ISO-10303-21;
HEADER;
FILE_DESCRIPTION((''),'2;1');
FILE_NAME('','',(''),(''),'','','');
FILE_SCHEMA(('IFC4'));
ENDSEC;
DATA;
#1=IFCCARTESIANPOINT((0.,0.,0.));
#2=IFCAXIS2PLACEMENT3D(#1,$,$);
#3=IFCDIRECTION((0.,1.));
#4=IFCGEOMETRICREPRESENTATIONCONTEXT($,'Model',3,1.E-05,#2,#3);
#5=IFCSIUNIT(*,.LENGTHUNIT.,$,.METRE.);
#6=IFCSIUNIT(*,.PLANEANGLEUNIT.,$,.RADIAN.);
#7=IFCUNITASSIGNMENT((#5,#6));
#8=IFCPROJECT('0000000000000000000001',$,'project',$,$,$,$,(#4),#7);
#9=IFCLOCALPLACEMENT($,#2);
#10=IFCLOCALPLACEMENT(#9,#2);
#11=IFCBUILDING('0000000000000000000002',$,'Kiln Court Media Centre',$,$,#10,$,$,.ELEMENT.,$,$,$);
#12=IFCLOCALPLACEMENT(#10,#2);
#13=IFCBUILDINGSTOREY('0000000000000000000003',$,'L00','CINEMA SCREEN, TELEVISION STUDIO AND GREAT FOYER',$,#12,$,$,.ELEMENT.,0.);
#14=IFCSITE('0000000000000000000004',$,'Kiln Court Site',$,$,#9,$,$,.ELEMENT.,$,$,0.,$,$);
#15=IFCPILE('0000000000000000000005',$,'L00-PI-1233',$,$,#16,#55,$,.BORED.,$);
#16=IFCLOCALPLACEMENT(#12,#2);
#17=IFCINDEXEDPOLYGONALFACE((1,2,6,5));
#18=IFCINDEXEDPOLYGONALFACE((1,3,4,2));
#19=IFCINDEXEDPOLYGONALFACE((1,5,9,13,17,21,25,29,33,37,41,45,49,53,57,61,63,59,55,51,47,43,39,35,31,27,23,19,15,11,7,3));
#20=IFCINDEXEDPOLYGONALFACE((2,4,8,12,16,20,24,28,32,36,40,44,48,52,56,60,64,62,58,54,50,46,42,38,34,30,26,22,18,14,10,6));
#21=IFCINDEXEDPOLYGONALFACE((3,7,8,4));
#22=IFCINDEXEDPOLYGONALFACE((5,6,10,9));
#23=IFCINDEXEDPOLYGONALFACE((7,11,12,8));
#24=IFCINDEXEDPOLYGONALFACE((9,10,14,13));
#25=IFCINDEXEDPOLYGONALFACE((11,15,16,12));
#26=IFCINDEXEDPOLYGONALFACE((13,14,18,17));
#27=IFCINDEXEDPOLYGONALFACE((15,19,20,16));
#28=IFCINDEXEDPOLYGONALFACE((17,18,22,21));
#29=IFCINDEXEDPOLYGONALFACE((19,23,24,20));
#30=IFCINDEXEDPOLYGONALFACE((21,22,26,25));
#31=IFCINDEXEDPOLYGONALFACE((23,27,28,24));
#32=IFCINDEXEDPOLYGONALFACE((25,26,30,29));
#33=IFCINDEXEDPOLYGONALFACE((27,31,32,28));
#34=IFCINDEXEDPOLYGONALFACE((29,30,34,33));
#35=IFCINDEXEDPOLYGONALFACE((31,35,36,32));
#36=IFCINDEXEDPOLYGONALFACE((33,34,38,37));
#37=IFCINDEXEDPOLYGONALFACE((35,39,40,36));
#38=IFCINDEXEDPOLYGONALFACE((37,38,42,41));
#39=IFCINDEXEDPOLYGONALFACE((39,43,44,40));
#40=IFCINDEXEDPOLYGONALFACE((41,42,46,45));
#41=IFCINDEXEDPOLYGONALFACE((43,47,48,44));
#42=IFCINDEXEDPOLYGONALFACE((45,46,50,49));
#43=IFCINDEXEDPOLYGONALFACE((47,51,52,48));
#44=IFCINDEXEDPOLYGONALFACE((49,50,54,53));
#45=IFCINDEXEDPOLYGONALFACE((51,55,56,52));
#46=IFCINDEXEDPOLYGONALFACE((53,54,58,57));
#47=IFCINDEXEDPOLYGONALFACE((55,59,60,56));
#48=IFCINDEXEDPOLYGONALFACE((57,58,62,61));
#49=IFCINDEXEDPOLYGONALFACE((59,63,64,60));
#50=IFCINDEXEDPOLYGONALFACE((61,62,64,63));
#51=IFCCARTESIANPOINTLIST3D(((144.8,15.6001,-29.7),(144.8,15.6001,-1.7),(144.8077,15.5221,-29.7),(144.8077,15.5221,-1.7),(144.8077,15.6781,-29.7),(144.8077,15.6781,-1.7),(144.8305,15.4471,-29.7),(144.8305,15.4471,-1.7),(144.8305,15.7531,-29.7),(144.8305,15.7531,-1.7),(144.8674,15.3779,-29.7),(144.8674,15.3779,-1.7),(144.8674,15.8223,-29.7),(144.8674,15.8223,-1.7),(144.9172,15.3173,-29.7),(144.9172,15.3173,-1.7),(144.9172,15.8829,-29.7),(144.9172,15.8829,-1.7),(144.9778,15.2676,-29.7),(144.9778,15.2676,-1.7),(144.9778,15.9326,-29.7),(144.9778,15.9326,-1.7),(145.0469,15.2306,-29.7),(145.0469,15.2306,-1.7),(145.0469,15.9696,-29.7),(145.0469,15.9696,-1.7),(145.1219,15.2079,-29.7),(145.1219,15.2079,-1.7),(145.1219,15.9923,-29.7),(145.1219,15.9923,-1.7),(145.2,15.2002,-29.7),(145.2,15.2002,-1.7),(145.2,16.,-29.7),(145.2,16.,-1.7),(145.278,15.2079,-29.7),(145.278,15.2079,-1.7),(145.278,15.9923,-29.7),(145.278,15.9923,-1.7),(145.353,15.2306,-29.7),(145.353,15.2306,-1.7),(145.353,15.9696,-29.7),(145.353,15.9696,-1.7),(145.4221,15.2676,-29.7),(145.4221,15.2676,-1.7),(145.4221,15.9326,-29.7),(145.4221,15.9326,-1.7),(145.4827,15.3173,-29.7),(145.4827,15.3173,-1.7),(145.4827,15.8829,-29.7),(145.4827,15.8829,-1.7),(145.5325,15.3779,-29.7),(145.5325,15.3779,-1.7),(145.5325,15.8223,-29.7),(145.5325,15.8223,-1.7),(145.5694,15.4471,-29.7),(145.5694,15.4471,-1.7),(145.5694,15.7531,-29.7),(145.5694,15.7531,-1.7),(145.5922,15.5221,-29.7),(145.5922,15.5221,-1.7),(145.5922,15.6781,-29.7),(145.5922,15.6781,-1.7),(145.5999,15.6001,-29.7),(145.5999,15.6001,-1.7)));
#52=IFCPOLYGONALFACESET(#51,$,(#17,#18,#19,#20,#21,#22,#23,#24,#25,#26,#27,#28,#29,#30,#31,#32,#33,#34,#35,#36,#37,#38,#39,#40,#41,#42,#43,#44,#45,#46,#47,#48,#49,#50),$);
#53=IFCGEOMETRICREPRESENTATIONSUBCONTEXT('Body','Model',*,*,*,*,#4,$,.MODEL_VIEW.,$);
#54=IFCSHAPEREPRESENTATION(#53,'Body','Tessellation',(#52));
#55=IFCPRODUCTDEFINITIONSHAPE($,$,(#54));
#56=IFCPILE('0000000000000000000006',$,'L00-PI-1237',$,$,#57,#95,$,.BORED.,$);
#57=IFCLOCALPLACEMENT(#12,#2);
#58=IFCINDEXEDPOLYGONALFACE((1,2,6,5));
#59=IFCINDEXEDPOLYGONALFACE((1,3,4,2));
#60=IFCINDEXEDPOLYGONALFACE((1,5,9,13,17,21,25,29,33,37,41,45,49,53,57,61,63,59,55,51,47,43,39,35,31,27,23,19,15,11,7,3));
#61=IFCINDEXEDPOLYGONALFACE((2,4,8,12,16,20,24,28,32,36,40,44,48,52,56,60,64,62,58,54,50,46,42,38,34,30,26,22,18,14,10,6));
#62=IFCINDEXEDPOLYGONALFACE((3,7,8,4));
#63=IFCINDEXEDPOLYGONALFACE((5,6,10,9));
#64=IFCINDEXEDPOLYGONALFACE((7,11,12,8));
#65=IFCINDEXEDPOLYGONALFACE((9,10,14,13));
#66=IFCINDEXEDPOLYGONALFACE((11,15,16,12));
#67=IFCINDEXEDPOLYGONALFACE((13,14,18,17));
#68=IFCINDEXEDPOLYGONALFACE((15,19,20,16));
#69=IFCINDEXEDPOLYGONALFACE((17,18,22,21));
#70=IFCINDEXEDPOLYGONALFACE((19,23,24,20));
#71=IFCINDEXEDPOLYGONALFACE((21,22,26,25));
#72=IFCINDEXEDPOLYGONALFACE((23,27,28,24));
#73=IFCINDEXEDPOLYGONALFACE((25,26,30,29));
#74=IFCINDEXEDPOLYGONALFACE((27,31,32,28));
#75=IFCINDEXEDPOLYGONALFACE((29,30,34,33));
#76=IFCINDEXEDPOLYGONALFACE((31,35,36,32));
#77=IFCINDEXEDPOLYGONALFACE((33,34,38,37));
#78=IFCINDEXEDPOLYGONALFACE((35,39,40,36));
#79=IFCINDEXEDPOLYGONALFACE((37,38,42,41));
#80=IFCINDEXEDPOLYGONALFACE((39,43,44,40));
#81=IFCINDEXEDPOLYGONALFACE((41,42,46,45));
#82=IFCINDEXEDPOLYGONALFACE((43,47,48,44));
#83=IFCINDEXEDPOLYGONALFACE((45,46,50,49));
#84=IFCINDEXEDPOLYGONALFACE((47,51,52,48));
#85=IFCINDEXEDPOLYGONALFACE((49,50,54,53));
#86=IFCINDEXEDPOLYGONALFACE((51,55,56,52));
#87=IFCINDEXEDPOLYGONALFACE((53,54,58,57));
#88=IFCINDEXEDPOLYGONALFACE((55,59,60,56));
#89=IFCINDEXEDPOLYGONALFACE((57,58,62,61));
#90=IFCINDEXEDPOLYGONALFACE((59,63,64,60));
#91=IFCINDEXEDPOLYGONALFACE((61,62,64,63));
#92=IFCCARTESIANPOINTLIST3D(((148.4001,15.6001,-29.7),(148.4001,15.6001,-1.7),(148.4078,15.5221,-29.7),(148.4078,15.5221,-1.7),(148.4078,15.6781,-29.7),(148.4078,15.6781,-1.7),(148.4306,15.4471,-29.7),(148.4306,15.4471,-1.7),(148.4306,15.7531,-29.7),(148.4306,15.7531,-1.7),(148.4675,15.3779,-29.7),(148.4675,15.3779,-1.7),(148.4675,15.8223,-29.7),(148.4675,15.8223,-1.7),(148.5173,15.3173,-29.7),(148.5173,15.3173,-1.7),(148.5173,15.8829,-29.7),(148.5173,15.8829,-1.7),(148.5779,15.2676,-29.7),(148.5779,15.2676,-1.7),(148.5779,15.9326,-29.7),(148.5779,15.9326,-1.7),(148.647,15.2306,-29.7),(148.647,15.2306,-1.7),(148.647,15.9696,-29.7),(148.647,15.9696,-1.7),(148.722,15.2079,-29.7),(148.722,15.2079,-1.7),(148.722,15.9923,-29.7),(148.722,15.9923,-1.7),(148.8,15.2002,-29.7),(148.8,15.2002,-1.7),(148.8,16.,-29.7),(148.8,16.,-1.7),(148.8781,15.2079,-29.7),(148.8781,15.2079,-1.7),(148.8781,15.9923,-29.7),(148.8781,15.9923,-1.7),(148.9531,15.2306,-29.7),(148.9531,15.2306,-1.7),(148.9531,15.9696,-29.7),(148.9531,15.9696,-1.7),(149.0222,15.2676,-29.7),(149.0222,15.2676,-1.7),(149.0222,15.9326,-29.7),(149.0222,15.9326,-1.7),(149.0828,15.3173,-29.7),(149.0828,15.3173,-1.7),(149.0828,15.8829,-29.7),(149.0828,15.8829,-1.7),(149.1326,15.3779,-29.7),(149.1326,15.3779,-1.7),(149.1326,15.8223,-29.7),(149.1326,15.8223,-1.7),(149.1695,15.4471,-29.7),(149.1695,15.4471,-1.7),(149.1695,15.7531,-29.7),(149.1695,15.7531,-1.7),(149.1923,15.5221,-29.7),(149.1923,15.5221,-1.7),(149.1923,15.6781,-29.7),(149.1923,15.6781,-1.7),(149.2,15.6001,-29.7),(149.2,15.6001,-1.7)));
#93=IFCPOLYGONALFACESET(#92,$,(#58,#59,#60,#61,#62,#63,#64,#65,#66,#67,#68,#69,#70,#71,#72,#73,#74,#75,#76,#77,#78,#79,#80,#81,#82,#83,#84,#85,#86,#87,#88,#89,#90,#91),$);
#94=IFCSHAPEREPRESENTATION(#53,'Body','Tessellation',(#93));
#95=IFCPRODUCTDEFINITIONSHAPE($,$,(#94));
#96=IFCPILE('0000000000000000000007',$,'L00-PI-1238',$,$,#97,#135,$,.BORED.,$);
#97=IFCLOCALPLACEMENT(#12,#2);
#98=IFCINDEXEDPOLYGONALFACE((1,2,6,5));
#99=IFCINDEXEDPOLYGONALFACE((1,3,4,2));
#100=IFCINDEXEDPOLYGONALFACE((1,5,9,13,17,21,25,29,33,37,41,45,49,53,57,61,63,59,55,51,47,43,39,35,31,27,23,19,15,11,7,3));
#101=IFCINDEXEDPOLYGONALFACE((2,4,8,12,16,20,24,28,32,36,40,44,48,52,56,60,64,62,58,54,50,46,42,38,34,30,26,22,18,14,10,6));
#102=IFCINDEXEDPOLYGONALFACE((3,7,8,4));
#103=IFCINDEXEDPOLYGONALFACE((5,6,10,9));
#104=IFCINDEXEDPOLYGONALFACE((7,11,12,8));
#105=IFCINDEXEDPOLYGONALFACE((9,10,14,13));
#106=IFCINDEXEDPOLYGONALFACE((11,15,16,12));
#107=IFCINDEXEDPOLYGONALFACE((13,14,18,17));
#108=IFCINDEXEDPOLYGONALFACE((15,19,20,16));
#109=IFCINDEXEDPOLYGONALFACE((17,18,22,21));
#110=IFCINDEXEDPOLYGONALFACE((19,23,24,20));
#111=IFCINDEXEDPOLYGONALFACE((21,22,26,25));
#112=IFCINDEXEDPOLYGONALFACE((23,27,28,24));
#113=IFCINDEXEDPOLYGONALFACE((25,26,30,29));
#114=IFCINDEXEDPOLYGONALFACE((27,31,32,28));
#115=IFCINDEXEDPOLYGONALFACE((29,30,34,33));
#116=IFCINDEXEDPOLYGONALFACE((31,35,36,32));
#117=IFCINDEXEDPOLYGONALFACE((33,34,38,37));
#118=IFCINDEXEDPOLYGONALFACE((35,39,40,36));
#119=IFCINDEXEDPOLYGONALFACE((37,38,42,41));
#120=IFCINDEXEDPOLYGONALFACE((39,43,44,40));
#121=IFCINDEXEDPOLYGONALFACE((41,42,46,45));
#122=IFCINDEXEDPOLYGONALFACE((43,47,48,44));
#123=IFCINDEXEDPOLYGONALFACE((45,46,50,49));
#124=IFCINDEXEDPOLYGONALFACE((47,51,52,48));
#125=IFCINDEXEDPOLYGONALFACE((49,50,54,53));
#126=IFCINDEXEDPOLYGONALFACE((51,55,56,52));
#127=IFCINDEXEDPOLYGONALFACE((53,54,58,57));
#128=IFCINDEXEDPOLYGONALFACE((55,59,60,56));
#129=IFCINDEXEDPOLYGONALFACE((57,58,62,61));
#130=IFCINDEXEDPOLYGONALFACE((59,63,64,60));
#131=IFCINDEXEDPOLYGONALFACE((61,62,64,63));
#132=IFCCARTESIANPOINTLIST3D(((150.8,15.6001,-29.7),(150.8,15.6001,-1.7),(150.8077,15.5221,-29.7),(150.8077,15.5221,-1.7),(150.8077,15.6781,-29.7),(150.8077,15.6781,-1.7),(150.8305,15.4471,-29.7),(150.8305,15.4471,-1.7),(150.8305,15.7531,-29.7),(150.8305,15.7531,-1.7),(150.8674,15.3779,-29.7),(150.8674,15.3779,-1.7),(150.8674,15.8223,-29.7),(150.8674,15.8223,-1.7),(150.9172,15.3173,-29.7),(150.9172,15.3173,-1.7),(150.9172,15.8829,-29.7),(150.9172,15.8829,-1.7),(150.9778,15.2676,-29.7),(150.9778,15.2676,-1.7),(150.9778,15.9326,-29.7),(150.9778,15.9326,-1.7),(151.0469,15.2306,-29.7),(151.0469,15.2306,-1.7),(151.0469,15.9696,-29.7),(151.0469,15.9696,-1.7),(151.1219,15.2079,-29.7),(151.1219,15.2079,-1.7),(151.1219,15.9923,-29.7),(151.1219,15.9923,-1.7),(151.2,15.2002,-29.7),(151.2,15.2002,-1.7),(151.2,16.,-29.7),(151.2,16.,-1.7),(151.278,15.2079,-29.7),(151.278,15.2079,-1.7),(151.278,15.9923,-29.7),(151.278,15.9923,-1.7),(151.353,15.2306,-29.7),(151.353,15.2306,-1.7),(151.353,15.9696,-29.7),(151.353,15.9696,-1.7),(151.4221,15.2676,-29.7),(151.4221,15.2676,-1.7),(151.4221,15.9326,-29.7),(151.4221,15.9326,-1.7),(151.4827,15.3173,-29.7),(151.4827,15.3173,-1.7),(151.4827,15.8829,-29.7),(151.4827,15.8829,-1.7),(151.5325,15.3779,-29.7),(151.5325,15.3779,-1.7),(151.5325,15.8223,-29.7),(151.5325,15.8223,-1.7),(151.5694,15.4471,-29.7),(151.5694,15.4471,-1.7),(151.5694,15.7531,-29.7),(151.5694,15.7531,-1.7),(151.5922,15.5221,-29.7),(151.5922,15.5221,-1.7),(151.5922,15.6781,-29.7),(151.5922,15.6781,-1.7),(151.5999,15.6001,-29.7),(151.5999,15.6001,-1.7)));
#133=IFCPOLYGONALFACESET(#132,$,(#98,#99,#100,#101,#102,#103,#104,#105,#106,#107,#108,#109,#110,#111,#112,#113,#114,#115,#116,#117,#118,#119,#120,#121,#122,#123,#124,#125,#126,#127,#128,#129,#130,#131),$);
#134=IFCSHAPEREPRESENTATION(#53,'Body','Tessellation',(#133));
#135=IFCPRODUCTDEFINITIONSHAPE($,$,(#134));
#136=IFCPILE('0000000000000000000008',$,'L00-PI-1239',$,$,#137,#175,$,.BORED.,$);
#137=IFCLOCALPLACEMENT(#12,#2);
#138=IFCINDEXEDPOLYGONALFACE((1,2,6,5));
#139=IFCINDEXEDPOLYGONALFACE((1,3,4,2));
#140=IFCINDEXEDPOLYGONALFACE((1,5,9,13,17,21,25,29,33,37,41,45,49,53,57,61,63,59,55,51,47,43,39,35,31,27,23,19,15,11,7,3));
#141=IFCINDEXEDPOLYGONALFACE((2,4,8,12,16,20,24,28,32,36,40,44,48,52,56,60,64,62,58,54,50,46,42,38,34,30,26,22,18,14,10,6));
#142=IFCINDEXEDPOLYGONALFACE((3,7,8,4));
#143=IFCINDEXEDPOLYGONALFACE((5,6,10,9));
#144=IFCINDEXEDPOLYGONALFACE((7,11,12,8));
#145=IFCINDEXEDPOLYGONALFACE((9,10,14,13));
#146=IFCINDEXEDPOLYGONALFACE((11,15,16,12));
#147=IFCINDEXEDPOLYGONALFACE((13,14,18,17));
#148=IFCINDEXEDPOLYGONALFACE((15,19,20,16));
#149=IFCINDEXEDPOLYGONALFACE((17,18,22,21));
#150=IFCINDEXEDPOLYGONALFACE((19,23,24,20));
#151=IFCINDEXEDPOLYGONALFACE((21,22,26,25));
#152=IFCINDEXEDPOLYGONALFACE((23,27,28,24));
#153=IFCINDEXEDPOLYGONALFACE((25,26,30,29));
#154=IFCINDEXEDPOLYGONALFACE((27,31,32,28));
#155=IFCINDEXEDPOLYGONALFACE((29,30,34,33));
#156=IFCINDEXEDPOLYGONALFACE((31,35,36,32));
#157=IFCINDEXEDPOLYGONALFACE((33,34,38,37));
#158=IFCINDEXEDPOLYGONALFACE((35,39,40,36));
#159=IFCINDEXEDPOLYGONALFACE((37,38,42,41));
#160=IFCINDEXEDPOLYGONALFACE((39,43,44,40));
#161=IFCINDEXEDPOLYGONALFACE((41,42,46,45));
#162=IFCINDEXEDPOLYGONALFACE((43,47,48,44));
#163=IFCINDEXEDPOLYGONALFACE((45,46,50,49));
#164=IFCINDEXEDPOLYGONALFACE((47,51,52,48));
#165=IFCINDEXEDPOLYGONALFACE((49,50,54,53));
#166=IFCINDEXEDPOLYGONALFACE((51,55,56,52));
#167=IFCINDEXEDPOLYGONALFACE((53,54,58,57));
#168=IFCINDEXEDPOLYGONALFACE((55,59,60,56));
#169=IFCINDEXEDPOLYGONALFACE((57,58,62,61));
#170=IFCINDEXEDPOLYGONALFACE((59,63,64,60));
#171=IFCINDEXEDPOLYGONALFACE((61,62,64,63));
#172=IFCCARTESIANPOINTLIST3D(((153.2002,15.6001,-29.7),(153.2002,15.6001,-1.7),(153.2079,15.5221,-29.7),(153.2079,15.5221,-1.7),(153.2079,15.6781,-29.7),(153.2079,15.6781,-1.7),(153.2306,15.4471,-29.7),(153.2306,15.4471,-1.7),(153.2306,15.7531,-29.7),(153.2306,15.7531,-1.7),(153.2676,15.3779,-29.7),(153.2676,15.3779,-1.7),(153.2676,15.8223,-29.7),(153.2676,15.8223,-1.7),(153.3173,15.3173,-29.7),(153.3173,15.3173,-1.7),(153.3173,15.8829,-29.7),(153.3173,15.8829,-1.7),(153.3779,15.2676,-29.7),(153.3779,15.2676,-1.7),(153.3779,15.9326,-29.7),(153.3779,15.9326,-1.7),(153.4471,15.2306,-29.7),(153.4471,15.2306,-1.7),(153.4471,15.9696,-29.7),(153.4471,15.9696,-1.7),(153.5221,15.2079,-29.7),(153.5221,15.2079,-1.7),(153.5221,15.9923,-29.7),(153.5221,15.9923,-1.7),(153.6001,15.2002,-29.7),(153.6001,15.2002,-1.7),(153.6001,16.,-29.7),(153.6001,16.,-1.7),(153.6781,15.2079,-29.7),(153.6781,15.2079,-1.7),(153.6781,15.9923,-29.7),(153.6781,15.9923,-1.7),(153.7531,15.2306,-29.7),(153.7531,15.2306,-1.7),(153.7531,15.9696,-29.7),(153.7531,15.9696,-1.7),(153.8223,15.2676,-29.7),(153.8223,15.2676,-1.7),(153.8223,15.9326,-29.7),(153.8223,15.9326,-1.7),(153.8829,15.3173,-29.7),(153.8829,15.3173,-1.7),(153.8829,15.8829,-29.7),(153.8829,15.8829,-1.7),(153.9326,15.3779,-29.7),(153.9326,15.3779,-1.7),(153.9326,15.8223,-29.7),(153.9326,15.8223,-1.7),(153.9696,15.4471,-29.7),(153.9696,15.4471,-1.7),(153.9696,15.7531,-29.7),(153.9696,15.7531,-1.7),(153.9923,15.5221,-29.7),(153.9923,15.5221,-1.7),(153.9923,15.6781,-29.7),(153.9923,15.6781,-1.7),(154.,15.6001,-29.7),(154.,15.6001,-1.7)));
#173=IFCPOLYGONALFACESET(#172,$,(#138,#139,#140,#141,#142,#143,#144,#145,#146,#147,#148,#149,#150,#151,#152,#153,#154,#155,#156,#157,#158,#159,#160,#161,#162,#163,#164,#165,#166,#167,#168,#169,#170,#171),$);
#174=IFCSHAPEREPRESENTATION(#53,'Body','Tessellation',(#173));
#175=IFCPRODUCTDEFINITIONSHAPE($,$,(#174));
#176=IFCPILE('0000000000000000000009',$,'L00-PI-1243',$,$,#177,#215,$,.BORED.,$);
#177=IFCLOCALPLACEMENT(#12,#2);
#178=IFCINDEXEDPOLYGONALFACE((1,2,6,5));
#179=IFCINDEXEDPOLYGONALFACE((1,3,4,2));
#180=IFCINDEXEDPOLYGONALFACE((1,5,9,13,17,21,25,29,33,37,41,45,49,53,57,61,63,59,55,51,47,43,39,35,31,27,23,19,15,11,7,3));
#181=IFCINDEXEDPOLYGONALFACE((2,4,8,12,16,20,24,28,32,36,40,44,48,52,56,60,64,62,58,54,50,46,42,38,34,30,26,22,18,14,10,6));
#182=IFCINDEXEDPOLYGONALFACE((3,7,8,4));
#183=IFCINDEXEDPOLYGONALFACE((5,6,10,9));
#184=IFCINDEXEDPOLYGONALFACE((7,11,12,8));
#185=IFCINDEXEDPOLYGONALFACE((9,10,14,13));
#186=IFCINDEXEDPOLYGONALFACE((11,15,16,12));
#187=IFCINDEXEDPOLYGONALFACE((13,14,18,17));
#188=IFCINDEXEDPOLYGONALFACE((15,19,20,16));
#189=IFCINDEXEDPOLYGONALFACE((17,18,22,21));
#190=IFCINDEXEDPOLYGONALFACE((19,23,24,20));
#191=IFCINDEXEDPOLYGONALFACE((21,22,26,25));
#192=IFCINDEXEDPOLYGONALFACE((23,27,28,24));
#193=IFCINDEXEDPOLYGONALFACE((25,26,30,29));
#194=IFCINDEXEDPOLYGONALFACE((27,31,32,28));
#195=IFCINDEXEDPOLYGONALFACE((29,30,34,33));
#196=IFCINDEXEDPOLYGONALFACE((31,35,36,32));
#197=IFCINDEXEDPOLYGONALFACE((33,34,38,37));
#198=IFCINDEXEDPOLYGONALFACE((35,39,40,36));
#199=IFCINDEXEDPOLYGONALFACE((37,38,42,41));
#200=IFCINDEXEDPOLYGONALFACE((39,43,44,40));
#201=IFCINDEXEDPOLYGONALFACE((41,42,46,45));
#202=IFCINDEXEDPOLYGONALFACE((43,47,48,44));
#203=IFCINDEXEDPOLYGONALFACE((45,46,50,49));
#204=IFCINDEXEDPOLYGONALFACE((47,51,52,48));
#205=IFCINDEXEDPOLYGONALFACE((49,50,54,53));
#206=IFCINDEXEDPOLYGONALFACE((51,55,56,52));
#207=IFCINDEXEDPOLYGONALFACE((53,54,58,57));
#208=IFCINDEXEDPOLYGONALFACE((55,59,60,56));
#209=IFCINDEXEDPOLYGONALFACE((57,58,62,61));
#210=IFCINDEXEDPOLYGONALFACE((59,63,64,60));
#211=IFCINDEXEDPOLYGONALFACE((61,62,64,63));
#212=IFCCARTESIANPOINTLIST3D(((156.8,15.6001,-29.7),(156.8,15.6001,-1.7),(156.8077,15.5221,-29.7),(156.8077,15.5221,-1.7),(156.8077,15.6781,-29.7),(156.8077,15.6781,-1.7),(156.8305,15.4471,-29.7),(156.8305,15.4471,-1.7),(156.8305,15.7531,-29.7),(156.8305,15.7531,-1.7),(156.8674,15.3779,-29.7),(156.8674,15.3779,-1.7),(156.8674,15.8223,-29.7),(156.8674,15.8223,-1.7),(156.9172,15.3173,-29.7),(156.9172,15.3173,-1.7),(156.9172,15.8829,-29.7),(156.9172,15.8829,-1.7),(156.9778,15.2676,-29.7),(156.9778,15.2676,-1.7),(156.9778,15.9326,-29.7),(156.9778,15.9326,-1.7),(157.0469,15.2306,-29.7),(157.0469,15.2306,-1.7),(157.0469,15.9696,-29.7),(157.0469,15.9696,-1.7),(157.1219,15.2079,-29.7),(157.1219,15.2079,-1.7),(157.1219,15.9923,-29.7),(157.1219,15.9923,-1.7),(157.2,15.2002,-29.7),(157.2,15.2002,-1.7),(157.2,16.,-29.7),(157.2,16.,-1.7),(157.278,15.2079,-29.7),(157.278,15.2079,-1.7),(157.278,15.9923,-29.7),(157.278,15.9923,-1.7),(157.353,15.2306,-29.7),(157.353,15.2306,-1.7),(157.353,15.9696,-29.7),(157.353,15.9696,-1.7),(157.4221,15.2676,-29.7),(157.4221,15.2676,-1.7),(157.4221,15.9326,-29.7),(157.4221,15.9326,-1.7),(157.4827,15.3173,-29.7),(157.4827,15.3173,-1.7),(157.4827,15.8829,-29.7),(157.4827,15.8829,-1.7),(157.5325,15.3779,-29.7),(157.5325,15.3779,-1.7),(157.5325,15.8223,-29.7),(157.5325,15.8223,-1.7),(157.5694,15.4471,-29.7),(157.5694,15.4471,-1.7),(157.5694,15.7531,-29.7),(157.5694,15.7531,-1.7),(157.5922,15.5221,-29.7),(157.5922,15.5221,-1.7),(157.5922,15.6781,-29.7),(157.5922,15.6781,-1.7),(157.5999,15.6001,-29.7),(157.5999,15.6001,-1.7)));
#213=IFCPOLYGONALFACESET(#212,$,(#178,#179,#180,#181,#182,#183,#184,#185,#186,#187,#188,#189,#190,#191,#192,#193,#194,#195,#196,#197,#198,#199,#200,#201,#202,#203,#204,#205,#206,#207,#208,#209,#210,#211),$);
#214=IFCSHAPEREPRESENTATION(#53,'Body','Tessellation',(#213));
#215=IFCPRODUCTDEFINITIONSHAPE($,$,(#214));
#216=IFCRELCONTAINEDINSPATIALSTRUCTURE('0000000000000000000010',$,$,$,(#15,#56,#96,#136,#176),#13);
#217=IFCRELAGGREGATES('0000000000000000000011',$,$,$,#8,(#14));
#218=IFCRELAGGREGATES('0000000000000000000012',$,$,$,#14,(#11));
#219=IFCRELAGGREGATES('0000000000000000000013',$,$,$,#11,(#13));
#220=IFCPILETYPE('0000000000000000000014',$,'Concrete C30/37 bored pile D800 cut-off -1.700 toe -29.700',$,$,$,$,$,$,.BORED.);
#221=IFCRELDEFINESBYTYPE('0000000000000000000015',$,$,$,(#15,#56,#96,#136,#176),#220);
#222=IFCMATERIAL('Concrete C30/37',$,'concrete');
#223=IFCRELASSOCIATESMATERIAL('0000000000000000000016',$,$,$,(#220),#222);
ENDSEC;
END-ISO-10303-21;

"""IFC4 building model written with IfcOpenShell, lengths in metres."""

from ifc_helpers import new_model, si_unit, direction, frame, origin, origin_2d, place, context, subcontext, project, spatial, circle, extrude, material, material_profile, profile_set, type_object, element, save


model = new_model("IFC4")

# Units and contexts
model_context = context("Model", 3, precision=1e-05, world=origin(), true_north=direction((0.0, 1.0)))
body_context = subcontext(model_context, "Body", "Model", "MODEL_VIEW")
ifc_project = project(units=[si_unit("LENGTHUNIT", "METRE"), si_unit("PLANEANGLEUNIT", "RADIAN")], contexts=[model_context])

# Site, building, storey
site_placement = place(None, origin())
site = spatial("IfcSite", under=ifc_project, at=site_placement, Name="Kiln Court Site", CompositionType="ELEMENT", RefElevation=0.0)
building_placement = place(site_placement, origin())
building = spatial("IfcBuilding", under=site, at=building_placement, Name="Kiln Court Media Centre", CompositionType="ELEMENT")
storey_placement = place(building_placement, origin())
storey = spatial("IfcBuildingStorey", under=building, at=storey_placement, Name="L00", Description="CINEMA SCREEN, TELEVISION STUDIO AND GREAT FOYER", CompositionType="ELEMENT", Elevation=0.0)

# Piles
ifc_material_1 = material(Name="Concrete C30/37", Category="concrete")
ifc_material_profile_1 = material_profile(ifc_material_1, circle(Radius=0.3999, at=origin_2d()), Name="PILE D800")
ifc_profile_set_1 = profile_set([ifc_material_profile_1], Name="Concrete C30/37")
pile_type_1 = type_object("IfcPileType", Name="Concrete C30/37 bored pile D800 cut-off -1.700 toe -29.700", PredefinedType="BORED", material=ifc_profile_set_1)
for number, where, z_axis, x_axis, name in (
    (1, (145.2, 15.6001, -1.7), (0.0, 0.0, -1.0), (1.0, 0.0, 0.0), "L00-PI-1233"),
    (2, (148.8, 15.6001, -1.7), (0.0, 0.0, -1.0), (1.0, 0.0, 0.0), "L00-PI-1237"),
    (3, (151.2, 15.6001, -1.7), (0.0, 0.0, -1.0), (1.0, 0.0, 0.0), "L00-PI-1238"),
    (4, (153.6001, 15.6001, -1.7), (0.0, 0.0, -1.0), (1.0, 0.0, 0.0), "L00-PI-1239"),
    (5, (157.2, 15.6001, -1.7), (0.0, 0.0, -1.0), (1.0, 0.0, 0.0), "L00-PI-1243"),
):
    element("IfcPile", number, at=place(storey_placement, frame(where, z_axis=z_axis, x_axis=x_axis)), inside=storey, type_object=pile_type_1, Name=name, PredefinedType="BORED", context=body_context, shape_type="SweptSolid", body=[
        extrude(circle(Radius=0.3999, at=origin_2d()), origin(), (0.0, 0.0, 1.0), 28.0),
    ])

save(model, "model.ifc")
